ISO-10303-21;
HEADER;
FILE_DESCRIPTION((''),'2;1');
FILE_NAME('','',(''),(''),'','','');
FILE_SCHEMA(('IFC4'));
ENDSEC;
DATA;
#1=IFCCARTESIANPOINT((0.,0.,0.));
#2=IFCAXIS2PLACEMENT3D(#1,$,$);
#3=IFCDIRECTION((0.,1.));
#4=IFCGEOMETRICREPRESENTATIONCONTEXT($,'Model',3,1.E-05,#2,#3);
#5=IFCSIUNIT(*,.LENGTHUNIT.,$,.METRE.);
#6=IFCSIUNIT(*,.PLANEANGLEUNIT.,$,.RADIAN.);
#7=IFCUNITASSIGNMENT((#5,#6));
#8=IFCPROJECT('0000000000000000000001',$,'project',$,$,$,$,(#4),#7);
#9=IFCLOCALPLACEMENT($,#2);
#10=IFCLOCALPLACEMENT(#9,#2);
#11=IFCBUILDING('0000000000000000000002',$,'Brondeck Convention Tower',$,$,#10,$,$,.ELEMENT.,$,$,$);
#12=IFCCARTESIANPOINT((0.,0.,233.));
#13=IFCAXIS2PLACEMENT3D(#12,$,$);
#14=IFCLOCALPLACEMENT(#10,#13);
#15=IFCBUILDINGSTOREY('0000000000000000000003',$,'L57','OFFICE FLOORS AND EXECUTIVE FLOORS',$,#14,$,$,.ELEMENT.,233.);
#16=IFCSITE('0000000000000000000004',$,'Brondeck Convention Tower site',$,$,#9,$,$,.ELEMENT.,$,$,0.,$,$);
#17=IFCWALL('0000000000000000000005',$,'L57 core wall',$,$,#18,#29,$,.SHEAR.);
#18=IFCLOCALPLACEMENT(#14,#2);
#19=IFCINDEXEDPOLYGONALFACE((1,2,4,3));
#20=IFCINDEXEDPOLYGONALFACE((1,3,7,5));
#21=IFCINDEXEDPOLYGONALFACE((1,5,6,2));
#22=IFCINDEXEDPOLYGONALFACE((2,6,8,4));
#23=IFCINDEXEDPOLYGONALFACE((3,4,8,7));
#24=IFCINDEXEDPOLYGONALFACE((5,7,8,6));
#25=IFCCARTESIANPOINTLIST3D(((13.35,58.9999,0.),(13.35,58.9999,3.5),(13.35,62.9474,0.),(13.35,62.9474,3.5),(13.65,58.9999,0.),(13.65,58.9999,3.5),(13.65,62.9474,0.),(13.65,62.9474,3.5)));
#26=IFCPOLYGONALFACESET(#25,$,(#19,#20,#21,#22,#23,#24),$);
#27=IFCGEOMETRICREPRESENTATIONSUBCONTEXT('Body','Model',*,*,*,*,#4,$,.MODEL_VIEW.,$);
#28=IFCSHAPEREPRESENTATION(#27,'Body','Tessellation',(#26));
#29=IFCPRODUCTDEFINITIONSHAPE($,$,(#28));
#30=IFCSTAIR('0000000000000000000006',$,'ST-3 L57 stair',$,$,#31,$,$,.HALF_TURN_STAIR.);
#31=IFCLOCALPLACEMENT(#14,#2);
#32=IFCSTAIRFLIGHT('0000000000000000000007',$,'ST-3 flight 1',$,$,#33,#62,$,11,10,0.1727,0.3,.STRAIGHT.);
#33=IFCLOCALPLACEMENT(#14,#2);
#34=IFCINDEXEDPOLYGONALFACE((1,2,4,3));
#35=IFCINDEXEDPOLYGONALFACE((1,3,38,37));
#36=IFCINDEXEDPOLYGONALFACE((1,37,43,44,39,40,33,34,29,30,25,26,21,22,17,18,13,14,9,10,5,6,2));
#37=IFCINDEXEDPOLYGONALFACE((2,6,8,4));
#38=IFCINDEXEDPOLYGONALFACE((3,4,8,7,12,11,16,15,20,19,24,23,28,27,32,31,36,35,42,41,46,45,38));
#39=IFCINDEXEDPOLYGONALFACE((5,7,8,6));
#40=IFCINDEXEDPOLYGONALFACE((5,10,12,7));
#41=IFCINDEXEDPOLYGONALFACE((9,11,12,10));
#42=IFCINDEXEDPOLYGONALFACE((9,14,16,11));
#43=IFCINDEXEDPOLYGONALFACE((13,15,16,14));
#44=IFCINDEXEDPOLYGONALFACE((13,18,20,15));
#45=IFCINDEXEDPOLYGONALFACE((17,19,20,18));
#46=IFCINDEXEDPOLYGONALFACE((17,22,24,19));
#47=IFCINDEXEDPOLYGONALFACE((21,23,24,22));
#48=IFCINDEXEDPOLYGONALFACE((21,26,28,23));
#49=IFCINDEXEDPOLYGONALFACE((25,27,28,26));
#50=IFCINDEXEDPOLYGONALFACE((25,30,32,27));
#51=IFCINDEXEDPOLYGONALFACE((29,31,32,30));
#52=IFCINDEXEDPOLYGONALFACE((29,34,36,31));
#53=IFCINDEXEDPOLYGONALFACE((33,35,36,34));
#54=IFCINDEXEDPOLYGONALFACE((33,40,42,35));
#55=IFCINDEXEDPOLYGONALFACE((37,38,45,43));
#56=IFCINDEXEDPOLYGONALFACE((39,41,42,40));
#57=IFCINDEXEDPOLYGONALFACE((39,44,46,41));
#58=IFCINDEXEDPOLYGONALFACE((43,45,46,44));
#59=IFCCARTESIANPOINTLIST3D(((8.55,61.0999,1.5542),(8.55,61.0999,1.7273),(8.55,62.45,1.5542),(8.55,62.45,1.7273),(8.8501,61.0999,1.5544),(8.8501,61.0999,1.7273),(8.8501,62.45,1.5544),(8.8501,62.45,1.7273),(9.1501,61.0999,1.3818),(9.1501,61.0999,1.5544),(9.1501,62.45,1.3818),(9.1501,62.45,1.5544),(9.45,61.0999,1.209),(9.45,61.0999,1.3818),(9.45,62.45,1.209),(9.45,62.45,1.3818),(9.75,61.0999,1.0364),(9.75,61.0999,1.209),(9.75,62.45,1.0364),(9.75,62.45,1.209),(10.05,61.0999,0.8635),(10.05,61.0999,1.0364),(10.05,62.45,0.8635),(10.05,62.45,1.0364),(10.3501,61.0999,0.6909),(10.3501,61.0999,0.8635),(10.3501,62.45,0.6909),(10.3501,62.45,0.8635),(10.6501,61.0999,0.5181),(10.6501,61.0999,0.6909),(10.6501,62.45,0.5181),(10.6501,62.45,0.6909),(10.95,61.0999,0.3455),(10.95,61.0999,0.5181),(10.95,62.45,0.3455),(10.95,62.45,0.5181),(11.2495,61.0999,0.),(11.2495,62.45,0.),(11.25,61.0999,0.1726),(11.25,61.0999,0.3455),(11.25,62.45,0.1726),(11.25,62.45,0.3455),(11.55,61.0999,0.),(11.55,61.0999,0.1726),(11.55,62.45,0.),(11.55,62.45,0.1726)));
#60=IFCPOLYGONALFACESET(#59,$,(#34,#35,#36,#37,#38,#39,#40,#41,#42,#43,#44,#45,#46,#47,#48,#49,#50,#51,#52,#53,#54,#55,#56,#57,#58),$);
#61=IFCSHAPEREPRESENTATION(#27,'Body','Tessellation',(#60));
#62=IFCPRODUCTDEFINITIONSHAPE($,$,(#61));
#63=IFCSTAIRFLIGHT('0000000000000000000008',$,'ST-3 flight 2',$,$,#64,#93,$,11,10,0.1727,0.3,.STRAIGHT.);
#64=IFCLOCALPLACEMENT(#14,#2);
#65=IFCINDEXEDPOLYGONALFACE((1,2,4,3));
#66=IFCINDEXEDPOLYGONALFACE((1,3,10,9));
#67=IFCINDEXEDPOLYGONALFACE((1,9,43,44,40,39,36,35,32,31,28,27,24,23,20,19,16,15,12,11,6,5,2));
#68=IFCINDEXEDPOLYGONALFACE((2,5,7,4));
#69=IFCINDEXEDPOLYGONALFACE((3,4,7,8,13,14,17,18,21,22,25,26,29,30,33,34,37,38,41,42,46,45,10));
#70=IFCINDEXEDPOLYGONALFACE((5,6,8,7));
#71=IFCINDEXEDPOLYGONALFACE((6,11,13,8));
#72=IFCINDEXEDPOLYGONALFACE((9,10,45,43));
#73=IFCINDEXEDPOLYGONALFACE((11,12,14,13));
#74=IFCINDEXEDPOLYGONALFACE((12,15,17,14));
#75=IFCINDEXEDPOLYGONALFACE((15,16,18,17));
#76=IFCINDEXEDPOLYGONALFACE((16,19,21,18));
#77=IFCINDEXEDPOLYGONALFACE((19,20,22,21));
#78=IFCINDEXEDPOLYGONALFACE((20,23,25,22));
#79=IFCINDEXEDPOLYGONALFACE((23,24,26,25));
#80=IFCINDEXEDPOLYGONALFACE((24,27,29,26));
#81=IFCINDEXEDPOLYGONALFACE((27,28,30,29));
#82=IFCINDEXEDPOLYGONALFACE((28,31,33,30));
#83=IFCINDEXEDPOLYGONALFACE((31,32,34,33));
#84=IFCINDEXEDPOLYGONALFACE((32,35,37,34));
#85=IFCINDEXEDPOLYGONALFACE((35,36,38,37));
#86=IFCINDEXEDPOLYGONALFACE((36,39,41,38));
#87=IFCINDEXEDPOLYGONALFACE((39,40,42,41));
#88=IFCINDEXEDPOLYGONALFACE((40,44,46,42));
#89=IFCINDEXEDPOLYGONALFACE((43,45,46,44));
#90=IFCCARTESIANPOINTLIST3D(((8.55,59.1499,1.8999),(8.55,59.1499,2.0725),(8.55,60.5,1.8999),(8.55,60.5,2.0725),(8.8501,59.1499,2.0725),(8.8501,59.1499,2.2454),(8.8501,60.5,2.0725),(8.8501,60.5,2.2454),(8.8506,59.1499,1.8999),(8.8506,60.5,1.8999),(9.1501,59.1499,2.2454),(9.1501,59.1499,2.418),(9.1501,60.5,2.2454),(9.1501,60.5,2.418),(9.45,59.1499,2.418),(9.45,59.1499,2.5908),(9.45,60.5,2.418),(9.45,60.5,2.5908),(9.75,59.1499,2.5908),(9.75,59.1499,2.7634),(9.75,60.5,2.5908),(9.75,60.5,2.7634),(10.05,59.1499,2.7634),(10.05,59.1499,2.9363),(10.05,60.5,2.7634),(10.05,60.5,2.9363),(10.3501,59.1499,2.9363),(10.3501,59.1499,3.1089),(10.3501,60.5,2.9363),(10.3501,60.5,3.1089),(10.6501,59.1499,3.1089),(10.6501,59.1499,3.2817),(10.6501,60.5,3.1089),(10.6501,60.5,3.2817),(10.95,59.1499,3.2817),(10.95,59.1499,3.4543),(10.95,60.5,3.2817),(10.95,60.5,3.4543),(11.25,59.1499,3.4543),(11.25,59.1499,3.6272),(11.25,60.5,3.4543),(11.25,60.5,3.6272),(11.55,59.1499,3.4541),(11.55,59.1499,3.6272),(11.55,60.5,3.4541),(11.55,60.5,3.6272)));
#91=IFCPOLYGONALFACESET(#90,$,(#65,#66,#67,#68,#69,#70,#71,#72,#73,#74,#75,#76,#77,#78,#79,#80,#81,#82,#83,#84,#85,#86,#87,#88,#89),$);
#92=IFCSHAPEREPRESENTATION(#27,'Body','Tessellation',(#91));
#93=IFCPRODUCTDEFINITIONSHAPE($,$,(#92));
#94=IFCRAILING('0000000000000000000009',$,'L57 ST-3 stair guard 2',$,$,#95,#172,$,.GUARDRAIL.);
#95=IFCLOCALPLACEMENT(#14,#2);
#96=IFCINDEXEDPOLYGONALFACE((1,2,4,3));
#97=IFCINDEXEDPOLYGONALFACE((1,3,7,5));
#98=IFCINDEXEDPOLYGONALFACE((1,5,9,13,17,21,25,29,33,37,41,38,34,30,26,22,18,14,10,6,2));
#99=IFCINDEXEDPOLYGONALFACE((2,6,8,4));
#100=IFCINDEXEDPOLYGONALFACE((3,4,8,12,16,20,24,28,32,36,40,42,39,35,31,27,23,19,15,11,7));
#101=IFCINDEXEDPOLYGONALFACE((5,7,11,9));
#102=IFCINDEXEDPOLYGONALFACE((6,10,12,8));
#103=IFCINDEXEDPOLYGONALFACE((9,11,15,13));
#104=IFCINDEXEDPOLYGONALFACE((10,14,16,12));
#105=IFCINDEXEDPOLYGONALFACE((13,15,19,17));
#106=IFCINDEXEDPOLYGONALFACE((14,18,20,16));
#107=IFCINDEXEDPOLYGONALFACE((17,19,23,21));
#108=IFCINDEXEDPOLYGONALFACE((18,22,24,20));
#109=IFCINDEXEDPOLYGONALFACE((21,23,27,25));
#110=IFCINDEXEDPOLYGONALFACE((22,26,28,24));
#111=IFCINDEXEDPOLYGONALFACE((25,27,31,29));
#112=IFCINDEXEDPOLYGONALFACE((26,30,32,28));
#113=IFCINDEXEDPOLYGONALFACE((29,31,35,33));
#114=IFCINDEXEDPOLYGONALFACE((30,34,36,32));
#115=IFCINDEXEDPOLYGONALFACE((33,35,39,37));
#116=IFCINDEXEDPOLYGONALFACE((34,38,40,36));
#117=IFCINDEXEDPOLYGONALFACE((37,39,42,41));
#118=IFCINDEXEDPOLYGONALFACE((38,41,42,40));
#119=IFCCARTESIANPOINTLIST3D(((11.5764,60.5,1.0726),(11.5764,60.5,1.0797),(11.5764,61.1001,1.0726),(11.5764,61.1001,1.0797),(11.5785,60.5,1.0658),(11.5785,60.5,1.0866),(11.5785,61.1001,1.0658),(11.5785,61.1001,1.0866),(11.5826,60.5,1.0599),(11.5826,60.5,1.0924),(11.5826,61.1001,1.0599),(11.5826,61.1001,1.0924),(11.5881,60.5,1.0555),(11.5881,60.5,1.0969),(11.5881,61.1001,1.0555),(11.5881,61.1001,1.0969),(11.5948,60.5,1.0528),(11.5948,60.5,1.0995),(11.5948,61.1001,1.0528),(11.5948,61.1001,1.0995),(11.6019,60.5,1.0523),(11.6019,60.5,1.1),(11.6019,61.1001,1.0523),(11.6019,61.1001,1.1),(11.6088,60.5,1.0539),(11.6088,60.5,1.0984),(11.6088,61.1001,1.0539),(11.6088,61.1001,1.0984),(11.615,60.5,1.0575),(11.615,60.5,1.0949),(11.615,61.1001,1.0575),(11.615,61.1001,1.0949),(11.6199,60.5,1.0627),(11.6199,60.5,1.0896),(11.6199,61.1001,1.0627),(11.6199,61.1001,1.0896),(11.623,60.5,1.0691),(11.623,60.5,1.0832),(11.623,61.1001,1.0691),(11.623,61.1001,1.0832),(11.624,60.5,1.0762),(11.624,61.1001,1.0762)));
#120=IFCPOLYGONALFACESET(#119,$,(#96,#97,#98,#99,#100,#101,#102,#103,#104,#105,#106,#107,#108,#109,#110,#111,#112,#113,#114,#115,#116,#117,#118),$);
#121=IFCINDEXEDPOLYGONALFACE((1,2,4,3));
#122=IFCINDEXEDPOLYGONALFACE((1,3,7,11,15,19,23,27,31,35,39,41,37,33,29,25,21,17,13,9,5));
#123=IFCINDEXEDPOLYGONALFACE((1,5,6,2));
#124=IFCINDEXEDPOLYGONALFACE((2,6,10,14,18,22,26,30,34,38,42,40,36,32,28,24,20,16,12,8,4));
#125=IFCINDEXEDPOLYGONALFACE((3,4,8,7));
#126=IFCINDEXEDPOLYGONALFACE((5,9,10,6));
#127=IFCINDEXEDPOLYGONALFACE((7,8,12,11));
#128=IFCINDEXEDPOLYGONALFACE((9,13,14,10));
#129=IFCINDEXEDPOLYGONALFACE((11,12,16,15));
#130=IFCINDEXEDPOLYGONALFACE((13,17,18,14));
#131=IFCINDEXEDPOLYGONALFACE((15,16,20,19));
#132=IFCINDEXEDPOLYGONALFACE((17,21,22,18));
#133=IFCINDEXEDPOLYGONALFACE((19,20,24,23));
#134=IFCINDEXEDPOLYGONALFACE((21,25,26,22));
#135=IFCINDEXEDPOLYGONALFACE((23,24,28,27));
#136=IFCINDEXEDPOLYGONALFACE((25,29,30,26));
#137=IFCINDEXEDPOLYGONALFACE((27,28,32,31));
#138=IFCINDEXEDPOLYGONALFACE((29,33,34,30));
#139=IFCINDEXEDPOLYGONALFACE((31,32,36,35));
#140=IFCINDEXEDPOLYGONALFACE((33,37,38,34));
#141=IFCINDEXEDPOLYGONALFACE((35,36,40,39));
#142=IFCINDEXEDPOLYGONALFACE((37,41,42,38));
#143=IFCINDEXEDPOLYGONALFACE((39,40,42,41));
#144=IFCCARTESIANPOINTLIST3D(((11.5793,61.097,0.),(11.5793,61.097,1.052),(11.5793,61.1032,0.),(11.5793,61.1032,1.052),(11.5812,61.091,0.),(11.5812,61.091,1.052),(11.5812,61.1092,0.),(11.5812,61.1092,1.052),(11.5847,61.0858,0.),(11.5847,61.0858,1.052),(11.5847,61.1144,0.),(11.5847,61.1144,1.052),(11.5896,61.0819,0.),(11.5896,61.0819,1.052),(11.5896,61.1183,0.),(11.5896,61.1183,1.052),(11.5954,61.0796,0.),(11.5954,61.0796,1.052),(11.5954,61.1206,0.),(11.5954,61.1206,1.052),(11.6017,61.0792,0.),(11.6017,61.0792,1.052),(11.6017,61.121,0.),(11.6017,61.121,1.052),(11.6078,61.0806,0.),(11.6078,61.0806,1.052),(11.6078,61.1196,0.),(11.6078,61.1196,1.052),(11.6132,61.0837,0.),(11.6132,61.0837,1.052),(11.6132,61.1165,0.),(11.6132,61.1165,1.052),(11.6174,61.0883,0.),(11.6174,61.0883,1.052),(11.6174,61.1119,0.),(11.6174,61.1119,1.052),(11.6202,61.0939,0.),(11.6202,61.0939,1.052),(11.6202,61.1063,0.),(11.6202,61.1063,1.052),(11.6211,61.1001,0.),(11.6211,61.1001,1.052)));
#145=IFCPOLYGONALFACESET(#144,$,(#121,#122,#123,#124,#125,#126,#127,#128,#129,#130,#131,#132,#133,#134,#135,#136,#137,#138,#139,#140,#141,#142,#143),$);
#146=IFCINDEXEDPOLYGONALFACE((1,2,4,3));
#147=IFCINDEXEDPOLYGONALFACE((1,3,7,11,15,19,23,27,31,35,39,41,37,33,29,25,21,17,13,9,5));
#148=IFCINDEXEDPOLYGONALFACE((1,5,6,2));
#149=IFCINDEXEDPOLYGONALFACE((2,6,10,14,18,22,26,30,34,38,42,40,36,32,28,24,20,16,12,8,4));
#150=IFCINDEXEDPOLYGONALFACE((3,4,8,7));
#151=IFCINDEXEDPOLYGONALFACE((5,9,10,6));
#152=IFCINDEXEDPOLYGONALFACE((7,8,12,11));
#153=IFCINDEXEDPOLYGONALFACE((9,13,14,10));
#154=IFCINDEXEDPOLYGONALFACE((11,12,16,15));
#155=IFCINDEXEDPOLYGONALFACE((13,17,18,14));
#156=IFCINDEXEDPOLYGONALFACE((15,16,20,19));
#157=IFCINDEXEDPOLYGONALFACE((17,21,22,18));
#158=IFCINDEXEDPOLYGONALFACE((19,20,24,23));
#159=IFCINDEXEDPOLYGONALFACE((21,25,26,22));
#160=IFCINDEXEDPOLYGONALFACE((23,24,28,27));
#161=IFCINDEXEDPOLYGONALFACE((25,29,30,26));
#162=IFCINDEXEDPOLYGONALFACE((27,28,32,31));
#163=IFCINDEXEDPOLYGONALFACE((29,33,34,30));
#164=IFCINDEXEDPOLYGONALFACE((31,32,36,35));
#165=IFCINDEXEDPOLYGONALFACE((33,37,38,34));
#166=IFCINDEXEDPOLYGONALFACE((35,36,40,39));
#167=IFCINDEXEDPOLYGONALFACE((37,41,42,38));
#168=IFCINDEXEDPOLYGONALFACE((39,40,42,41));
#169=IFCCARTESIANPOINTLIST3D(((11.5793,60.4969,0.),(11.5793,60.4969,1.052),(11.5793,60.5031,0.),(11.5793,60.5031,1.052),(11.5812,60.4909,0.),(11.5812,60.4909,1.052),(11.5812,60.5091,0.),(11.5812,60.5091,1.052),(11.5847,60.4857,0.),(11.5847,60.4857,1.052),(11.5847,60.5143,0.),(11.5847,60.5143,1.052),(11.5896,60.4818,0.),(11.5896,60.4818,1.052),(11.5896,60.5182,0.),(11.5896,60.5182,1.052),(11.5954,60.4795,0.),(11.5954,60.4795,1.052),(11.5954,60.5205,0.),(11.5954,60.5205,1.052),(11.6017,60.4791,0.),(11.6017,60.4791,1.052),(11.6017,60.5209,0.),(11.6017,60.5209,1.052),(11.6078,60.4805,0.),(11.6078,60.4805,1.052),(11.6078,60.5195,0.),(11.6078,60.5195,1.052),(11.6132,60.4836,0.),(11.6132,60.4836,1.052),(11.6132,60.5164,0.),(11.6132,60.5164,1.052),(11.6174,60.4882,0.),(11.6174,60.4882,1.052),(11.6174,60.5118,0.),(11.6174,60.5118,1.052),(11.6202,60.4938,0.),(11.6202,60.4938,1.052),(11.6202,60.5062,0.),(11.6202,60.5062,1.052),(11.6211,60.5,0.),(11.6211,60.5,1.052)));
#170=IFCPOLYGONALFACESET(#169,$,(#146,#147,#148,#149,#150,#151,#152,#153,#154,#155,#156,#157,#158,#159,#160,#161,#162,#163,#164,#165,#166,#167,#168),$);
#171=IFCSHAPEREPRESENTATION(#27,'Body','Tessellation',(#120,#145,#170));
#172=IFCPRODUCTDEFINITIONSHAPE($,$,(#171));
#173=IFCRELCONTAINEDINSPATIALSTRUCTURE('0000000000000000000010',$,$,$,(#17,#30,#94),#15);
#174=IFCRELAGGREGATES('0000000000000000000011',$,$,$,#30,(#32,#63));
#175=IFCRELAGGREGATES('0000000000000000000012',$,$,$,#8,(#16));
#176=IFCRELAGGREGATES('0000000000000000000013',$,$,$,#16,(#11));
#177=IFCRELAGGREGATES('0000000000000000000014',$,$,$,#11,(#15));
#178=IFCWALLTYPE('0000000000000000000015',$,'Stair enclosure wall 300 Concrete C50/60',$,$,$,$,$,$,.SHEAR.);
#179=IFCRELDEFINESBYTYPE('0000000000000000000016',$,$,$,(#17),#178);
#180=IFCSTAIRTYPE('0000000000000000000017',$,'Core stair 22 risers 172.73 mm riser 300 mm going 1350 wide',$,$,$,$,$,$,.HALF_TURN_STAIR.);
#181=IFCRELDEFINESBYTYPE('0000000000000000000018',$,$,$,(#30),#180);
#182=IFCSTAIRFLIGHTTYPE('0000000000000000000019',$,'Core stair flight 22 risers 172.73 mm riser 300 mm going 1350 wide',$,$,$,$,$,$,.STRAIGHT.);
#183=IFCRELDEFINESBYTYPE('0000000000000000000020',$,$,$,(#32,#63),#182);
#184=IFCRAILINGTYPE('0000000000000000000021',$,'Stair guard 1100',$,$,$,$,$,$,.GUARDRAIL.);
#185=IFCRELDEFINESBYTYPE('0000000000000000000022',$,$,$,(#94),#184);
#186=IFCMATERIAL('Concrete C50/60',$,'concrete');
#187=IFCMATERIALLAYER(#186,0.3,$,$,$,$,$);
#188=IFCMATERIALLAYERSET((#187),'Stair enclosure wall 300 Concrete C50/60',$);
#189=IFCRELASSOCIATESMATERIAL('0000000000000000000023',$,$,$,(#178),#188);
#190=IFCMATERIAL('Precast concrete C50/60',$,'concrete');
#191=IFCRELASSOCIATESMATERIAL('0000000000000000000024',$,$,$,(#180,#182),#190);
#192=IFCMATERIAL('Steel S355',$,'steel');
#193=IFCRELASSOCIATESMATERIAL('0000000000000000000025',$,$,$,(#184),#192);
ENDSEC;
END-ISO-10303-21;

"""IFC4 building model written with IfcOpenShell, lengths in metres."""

from ifc_helpers import new_model, si_unit, direction, frame, frame_2d, origin, origin_2d, place, context, subcontext, project, spatial, polyline, rectangle, circle, outline, extrude, material, layer, layer_set, type_object, element, aggregate, save


model = new_model("IFC4")

# Units and contexts
model_context = context("Model", 3, precision=1e-05, world=origin(), true_north=direction((0.0, 1.0)))
body_context = subcontext(model_context, "Body", "Model", "MODEL_VIEW")
ifc_project = project(units=[si_unit("LENGTHUNIT", "METRE"), si_unit("PLANEANGLEUNIT", "RADIAN")], contexts=[model_context])

# Site, building, storey
site_placement = place(None, origin())
site = spatial("IfcSite", under=ifc_project, at=site_placement, Name="Brondeck Convention Tower site", CompositionType="ELEMENT", RefElevation=0.0)
building_placement = place(site_placement, origin())
building = spatial("IfcBuilding", under=site, at=building_placement, Name="Brondeck Convention Tower", CompositionType="ELEMENT")
storey_placement = place(building_placement, frame((0.0, 0.0, 233.0)))
storey = spatial("IfcBuildingStorey", under=building, at=storey_placement, Name="L57", Description="OFFICE FLOORS AND EXECUTIVE FLOORS", CompositionType="ELEMENT", Elevation=233.0)

# Shared definitions
ifc_material_1 = material(Name="Concrete C50/60", Category="concrete")

# Wall
ifc_layer_1 = layer(ifc_material_1, 0.3)
ifc_layer_set_1 = layer_set([ifc_layer_1], Name="Stair enclosure wall 300 Concrete C50/60")
wall_type_1 = type_object("IfcWallType", Name="Stair enclosure wall 300 Concrete C50/60", PredefinedType="SHEAR", material=ifc_layer_set_1)
wall_1_placement = place(storey_placement, frame((13.5, 59.0, 0.0), z_axis=(0.0, 0.0, 1.0), x_axis=(0.0, 1.0, 0.0)))
element("IfcWall", 1, at=wall_1_placement, inside=storey, type_object=wall_type_1, Name="L57 core wall", PredefinedType="SHEAR", context=body_context, shape_type="SweptSolid", body=[
    extrude(rectangle(XDim=3.9475, YDim=0.3, at=frame_2d((1.9736, 0.0))), origin(), (0.0, 0.0, 1.0), 3.5),
])

# Stair, stair flights
ifc_material_2 = material(Name="Precast concrete C50/60", Category="concrete")
stair_type = type_object("IfcStairType", Name="Core stair 22 risers 172.73 mm riser 300 mm going 1350 wide", PredefinedType="HALF_TURN_STAIR", material=ifc_material_2)
stair_placement = place(storey_placement, origin())
stair = element("IfcStair", 2, at=stair_placement, inside=storey, type_object=stair_type, Name="ST-3 L57 stair", PredefinedType="HALF_TURN_STAIR")
stair_flight_type = type_object("IfcStairFlightType", Name="Core stair flight 22 risers 172.73 mm riser 300 mm going 1350 wide", PredefinedType="STRAIGHT", material=ifc_material_2)
stair_flight_1_placement = place(storey_placement, frame((11.55, 61.7749, 0.0), z_axis=(0.0, 0.0, 1.0), x_axis=(-1.0, 0.0, 0.0)))
stair_flight_1 = element("IfcStairFlight", 3, at=stair_flight_1_placement, type_object=stair_flight_type, Name="ST-3 flight 1", NumberOfRisers=11, NumberOfTreads=10, PredefinedType="STRAIGHT", RiserHeight=0.1727, TreadLength=0.3, context=body_context, shape_type="SweptSolid", body=[
    extrude(outline(polyline([(0.0, 0.0), (0.0, 0.1726), (0.3, 0.1726), (0.3, 0.3455), (0.6001, 0.3455), (0.6001, 0.5181), (0.8999, 0.5181), (0.8999, 0.6909), (1.2, 0.6909), (1.2, 0.8635), (1.5, 0.8635), (1.5, 1.0364), (1.8, 1.0364), (1.8, 1.209), (2.1001, 1.209), (2.1001, 1.3818), (2.3999, 1.3818), (2.3999, 1.5544), (2.7, 1.5544), (2.7, 1.7273), (3.0, 1.7273), (3.0, 1.8999), (3.0, 1.5542), (0.3005, 0.0), (0.0, 0.0)])), frame((0.0, 0.675, 0.0), z_axis=(0.0, -1.0, 0.0), x_axis=(1.0, 0.0, 0.0)), (0.0, 0.0, 1.0), 1.3501),
])
stair_flight_2_placement = place(storey_placement, frame((8.55, 59.825, 1.8999), z_axis=(0.0, 0.0, 1.0), x_axis=(1.0, 0.0, 0.0)))
stair_flight_2 = element("IfcStairFlight", 4, at=stair_flight_2_placement, type_object=stair_flight_type, Name="ST-3 flight 2", NumberOfRisers=11, NumberOfTreads=10, PredefinedType="STRAIGHT", RiserHeight=0.1727, TreadLength=0.3, context=body_context, shape_type="SweptSolid", body=[
    extrude(outline(polyline([(0.0, 0.0), (0.0, 0.1726), (0.3, 0.1726), (0.3, 0.3455), (0.6001, 0.3455), (0.6001, 0.5181), (0.8999, 0.5181), (0.8999, 0.6909), (1.2, 0.6909), (1.2, 0.8635), (1.5, 0.8635), (1.5, 1.0364), (1.8, 1.0364), (1.8, 1.209), (2.1001, 1.209), (2.1001, 1.3818), (2.3999, 1.3818), (2.3999, 1.5544), (2.7, 1.5544), (2.7, 1.7273), (3.0, 1.7273), (3.0, 1.8999), (3.0, 1.5542), (0.3005, 0.0), (0.0, 0.0)])), frame((0.0, 0.675, 0.0), z_axis=(0.0, -1.0, 0.0), x_axis=(1.0, 0.0, 0.0)), (0.0, 0.0, 1.0), 1.3501),
])
aggregate(stair, [stair_flight_1, stair_flight_2])

# Railing
ifc_material_3 = material(Name="Steel S355", Category="steel")
railing_type_1 = type_object("IfcRailingType", Name="Stair guard 1100", PredefinedType="GUARDRAIL", material=ifc_material_3)
railing_1_placement = place(storey_placement, frame((11.6001, 61.1001, 0.0)))
element("IfcRailing", 5, at=railing_1_placement, inside=storey, type_object=railing_type_1, Name="L57 ST-3 stair guard 2", PredefinedType="GUARDRAIL", context=body_context, shape_type="SweptSolid", body=[
    extrude(circle(Radius=0.0239, at=origin_2d()), frame((0.0, 0.0, 1.0762), z_axis=(0.0, -1.0, 0.0), x_axis=(1.0, 0.0, 0.0)), (0.0, 0.0, 1.0), 0.6001),
    extrude(circle(Radius=0.021, at=origin_2d()), origin(), (0.0, 0.0, 1.0), 1.052),
    extrude(circle(Radius=0.021, at=origin_2d()), frame((0.0, -0.6001, 0.0)), (0.0, 0.0, 1.0), 1.052),
])

save(model, "model.ifc")
